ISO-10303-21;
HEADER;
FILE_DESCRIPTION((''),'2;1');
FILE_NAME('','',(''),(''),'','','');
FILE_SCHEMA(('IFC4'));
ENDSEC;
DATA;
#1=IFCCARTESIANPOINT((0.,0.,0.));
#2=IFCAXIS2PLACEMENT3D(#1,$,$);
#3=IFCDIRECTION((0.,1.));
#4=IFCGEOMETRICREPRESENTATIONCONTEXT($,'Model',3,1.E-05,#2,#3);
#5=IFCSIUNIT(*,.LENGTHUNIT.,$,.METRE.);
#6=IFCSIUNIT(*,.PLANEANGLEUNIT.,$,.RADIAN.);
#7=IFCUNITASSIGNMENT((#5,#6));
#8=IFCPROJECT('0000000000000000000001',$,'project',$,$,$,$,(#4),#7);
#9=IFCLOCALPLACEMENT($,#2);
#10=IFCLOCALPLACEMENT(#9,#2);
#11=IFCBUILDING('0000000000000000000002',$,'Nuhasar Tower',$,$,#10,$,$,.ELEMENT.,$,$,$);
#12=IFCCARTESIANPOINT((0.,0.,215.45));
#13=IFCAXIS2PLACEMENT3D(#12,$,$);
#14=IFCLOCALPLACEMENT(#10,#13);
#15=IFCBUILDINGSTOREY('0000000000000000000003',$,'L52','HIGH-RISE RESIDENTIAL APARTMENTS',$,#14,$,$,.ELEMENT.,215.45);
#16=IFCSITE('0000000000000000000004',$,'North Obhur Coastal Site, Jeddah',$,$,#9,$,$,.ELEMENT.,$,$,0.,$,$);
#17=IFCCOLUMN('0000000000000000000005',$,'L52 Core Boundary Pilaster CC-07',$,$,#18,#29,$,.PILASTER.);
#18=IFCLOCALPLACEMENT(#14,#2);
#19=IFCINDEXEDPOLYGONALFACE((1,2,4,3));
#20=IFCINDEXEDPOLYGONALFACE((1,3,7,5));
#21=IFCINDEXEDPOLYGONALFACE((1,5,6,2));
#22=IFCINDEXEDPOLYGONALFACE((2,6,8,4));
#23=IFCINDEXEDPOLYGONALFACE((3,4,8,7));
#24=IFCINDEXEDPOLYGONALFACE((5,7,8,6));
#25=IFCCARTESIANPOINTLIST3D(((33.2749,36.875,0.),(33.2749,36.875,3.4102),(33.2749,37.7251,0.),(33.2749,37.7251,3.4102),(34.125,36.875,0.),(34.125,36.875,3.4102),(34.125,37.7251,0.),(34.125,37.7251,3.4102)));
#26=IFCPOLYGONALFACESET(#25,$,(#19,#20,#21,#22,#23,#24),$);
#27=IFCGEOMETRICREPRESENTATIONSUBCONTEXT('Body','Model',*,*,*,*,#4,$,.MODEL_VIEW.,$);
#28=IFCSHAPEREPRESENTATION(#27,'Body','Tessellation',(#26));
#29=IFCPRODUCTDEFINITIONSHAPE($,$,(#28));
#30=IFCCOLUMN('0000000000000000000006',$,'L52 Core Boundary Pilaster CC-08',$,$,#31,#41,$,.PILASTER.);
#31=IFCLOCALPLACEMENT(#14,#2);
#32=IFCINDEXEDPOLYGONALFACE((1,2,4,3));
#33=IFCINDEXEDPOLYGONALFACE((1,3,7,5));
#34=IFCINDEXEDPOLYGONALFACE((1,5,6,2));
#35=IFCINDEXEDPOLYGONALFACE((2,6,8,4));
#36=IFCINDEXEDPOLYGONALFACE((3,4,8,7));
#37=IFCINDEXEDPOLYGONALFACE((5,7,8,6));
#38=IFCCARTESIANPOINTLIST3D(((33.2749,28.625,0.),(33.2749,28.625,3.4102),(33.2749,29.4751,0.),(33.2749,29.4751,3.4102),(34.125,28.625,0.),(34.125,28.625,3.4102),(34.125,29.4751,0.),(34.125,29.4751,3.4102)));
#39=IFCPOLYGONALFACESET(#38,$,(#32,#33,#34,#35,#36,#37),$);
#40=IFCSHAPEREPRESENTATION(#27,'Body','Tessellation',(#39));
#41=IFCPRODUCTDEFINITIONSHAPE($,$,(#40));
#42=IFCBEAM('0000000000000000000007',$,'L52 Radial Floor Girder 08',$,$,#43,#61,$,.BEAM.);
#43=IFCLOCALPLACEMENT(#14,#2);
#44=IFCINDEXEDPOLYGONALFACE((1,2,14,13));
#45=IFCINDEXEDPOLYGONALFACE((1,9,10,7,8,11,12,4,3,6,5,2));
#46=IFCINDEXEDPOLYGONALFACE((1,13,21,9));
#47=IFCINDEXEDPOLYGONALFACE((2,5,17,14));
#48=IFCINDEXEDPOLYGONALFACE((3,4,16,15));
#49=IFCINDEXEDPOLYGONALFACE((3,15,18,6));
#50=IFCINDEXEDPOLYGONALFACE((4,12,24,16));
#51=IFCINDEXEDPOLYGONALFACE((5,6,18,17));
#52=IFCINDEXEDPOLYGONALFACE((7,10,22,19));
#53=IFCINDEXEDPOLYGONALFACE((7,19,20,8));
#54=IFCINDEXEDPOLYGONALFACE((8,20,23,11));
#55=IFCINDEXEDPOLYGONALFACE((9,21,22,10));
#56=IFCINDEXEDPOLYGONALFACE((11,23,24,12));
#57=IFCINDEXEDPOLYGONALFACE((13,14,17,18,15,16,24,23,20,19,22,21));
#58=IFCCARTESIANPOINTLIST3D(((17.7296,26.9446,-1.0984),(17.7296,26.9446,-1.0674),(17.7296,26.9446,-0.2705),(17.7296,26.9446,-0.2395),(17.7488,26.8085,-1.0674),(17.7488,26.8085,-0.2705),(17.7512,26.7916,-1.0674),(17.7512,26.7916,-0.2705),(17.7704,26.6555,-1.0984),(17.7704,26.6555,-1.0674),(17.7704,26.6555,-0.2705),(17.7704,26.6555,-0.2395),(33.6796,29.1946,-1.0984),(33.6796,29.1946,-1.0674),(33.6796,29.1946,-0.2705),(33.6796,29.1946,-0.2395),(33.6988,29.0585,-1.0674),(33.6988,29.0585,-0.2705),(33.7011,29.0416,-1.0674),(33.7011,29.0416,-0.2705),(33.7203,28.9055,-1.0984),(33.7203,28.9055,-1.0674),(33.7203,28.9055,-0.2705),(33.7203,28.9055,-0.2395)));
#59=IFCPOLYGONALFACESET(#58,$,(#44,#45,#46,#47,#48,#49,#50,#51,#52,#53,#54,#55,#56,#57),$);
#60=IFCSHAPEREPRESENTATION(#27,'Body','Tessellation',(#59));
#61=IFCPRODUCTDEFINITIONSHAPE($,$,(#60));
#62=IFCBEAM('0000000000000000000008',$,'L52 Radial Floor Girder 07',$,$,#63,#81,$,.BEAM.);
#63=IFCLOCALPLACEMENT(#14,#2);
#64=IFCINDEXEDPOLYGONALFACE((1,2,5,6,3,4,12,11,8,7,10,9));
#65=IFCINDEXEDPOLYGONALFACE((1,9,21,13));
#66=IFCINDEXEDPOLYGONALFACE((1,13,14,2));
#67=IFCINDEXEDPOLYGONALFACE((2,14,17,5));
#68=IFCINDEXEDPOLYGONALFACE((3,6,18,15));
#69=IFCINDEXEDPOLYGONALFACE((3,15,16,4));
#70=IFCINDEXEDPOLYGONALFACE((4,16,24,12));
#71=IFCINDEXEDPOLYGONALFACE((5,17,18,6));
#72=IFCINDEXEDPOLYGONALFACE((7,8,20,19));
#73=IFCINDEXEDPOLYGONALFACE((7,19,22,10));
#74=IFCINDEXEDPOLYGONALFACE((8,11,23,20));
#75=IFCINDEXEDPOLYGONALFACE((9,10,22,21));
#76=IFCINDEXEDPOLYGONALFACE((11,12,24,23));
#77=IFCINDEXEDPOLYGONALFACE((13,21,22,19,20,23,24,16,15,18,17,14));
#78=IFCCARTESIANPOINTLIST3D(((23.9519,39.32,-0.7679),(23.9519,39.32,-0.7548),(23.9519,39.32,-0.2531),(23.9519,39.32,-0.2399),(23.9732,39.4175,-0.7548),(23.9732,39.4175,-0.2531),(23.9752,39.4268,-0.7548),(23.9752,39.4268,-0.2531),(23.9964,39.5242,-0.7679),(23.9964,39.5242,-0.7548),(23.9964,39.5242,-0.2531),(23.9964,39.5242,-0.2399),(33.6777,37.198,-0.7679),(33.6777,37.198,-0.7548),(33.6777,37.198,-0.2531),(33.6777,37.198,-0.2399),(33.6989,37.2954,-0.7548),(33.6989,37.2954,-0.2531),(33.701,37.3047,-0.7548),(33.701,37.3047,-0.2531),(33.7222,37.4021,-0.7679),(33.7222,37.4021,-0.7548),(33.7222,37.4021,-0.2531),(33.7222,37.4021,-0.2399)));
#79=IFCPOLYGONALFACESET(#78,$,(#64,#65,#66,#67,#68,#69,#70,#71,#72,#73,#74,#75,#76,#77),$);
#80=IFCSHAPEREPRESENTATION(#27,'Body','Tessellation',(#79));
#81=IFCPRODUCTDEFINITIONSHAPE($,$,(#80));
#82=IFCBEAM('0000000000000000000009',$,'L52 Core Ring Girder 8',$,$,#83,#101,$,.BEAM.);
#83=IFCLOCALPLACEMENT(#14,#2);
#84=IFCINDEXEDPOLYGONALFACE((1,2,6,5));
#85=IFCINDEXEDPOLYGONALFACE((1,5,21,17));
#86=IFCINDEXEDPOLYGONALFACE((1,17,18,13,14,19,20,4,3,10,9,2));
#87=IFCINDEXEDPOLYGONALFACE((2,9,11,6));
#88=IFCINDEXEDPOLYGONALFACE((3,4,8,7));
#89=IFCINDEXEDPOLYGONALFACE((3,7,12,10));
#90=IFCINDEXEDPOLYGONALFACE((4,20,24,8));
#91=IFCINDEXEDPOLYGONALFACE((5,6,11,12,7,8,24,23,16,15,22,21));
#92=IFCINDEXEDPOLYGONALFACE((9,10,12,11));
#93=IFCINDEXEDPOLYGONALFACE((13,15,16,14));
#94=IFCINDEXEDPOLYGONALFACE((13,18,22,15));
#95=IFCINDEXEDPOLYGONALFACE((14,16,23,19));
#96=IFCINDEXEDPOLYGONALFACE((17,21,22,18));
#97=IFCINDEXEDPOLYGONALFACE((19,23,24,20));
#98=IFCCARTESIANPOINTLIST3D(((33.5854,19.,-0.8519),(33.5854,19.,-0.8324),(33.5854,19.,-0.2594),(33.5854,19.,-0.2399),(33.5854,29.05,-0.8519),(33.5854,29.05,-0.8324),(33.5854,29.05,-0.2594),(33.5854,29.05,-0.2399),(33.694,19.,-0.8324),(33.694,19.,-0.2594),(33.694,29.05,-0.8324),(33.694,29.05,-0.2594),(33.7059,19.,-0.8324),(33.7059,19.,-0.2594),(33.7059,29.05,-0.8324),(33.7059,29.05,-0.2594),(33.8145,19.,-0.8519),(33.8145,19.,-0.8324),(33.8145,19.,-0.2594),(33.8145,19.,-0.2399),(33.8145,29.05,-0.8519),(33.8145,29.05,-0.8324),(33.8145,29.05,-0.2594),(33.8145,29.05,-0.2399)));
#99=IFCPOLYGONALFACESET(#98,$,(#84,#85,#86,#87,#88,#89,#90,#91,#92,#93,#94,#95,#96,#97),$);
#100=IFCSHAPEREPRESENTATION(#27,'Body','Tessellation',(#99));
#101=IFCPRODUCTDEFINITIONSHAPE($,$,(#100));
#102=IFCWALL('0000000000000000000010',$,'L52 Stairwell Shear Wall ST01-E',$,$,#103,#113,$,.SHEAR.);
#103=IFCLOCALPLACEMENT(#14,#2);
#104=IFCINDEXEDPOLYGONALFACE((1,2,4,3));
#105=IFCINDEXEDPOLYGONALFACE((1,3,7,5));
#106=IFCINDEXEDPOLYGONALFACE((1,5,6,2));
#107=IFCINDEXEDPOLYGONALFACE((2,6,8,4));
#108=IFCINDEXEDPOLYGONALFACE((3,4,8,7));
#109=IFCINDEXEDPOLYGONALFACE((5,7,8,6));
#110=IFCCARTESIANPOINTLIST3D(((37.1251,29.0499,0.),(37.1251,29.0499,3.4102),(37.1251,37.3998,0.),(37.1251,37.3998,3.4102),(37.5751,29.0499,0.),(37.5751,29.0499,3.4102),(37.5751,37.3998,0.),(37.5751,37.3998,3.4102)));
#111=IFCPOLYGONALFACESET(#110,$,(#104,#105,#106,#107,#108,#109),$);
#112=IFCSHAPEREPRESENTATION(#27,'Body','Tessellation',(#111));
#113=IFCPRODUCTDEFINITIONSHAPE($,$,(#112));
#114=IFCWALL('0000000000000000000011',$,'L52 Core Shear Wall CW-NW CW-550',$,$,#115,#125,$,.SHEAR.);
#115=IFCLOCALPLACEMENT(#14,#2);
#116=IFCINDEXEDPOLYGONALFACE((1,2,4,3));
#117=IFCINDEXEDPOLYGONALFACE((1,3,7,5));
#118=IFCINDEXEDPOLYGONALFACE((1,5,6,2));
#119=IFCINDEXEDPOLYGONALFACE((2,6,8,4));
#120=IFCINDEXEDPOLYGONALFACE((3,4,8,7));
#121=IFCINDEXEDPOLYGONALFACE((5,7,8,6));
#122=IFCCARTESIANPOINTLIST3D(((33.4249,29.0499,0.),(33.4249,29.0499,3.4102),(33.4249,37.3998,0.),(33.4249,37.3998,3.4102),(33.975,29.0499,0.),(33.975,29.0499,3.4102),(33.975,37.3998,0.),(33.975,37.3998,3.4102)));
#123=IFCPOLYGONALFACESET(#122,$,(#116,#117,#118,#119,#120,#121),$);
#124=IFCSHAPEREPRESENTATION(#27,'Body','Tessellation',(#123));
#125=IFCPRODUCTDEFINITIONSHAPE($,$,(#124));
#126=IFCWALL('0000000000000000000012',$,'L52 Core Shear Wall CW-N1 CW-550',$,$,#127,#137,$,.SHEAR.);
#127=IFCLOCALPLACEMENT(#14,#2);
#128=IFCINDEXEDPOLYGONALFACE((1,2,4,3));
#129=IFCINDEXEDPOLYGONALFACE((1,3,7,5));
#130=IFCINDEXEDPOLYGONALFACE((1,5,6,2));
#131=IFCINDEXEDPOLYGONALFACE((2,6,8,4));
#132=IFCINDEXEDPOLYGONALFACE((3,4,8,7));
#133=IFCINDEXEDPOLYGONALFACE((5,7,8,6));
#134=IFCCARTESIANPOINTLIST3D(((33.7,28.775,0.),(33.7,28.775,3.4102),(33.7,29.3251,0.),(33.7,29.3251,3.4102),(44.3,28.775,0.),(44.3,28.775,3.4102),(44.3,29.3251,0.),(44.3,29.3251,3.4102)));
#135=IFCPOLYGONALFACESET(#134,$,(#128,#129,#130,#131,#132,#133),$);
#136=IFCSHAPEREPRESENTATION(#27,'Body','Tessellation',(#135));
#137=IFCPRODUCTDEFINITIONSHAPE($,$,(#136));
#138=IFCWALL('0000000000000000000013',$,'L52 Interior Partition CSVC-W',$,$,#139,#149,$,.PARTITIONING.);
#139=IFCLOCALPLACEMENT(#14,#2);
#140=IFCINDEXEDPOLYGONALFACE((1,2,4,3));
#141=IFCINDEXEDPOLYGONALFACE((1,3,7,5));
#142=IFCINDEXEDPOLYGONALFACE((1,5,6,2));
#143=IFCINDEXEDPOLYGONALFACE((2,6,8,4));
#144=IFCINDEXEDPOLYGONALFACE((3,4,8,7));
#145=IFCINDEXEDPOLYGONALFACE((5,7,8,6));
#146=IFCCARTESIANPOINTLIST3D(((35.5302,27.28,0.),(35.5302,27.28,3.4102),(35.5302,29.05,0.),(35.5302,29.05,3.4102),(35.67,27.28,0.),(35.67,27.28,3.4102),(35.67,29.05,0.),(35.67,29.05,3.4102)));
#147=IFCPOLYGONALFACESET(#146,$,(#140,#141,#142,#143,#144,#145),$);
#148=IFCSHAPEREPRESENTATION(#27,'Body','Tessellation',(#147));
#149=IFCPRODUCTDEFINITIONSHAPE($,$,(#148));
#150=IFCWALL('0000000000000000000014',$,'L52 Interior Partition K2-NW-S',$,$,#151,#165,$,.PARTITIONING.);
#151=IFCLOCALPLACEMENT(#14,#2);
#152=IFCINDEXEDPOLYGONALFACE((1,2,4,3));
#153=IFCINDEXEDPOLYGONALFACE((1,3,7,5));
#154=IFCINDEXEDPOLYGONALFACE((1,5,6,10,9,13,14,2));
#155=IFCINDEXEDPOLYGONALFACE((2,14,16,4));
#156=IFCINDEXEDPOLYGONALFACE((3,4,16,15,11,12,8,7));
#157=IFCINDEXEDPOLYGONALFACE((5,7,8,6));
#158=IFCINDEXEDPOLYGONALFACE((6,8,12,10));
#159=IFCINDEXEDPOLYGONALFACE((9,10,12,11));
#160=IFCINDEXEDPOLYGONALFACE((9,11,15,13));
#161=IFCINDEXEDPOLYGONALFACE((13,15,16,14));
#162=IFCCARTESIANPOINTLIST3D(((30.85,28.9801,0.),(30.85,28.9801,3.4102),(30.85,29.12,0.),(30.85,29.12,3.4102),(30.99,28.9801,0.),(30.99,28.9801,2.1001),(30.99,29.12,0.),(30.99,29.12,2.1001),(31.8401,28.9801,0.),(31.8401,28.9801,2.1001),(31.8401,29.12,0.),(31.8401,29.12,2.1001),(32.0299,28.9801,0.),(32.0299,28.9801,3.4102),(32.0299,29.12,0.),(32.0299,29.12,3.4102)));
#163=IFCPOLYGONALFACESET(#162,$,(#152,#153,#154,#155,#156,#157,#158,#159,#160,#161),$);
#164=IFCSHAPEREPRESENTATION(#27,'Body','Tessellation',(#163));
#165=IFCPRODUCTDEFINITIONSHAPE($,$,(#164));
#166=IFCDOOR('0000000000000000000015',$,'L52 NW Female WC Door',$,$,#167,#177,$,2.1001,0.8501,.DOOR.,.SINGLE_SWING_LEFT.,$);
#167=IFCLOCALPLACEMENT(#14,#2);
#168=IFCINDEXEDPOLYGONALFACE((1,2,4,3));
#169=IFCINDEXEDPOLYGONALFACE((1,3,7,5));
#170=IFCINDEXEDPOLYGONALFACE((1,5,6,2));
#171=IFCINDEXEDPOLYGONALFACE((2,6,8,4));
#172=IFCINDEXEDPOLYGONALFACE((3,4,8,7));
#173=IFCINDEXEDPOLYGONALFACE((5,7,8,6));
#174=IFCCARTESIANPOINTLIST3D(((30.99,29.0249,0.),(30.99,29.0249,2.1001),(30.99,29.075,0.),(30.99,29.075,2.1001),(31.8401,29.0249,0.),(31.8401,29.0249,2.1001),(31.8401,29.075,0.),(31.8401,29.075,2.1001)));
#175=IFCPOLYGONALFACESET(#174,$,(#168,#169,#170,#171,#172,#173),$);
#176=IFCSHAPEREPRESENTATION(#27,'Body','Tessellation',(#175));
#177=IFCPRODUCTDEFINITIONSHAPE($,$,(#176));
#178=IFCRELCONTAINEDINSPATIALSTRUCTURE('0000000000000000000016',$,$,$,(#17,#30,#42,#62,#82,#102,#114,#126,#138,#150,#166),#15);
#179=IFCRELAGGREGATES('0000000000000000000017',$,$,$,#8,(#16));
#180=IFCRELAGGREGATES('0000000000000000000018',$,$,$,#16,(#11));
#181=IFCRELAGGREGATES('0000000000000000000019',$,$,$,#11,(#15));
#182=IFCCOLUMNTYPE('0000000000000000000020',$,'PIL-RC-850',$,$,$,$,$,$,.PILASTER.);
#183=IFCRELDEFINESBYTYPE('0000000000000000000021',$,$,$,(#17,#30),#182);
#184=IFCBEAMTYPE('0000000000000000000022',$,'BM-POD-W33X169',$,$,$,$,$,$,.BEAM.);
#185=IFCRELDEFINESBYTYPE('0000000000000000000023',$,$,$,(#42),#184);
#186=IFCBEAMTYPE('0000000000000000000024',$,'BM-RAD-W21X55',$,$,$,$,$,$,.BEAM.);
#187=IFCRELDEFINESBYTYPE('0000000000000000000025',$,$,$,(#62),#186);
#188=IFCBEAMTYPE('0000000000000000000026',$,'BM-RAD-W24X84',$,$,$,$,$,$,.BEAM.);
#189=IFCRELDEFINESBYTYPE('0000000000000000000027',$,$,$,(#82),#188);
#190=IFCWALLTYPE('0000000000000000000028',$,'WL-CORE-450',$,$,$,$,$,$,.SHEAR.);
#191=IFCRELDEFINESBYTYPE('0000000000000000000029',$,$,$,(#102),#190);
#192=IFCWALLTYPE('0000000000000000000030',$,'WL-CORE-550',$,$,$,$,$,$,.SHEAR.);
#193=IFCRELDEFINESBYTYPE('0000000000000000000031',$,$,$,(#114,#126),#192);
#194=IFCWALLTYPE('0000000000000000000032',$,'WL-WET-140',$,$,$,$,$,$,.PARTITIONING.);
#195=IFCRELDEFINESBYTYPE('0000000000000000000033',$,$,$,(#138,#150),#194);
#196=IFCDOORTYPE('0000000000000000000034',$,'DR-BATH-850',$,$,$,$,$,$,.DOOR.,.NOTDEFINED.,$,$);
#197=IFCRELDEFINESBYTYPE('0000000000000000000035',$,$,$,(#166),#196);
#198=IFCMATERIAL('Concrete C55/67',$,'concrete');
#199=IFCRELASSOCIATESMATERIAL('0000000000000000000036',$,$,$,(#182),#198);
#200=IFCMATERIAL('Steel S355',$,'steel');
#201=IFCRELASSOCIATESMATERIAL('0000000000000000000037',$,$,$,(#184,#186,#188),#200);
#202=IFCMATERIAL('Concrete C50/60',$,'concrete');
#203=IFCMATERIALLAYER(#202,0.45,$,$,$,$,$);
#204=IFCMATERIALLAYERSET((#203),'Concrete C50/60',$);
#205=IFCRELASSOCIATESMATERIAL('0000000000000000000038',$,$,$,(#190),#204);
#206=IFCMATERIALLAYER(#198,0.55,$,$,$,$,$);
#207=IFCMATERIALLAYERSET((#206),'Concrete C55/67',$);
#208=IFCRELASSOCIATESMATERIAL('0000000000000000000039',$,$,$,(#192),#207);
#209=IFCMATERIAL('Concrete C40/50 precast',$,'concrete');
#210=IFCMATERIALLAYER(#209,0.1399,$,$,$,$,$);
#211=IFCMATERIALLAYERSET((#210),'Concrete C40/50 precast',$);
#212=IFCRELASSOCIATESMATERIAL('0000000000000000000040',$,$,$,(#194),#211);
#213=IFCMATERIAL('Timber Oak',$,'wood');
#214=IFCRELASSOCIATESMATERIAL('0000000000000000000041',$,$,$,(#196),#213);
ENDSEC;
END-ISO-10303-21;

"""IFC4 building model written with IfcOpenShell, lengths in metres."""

from ifc_helpers import new_model, si_unit, direction, frame, frame_2d, origin, origin_2d, place, context, subcontext, project, spatial, rectangle, i_section, extrude, material, layer, layer_set, material_profile, profile_set, type_object, element, fill, save


model = new_model("IFC4")

# Units and contexts
model_context = context("Model", 3, precision=1e-05, world=origin(), true_north=direction((0.0, 1.0)))
body_context = subcontext(model_context, "Body", "Model", "MODEL_VIEW")
ifc_project = project(units=[si_unit("LENGTHUNIT", "METRE"), si_unit("PLANEANGLEUNIT", "RADIAN")], contexts=[model_context])

# Site, building, storey
site_placement = place(None, origin())
site = spatial("IfcSite", under=ifc_project, at=site_placement, Name="North Obhur Coastal Site, Jeddah", CompositionType="ELEMENT", RefElevation=0.0)
building_placement = place(site_placement, origin())
building = spatial("IfcBuilding", under=site, at=building_placement, Name="Nuhasar Tower", CompositionType="ELEMENT")
storey_placement = place(building_placement, frame((0.0, 0.0, 215.45)))
storey = spatial("IfcBuildingStorey", under=building, at=storey_placement, Name="L52", Description="HIGH-RISE RESIDENTIAL APARTMENTS", CompositionType="ELEMENT", Elevation=215.45)

# Columns
ifc_material_1 = material(Name="Concrete C55/67", Category="concrete")
ifc_material_profile_1 = material_profile(ifc_material_1, rectangle(XDim=0.8501, YDim=0.8501, at=origin_2d()), Name="RC850X850")
ifc_profile_set_1 = profile_set([ifc_material_profile_1], Name="Concrete C55/67")
column_type = type_object("IfcColumnType", Name="PIL-RC-850", PredefinedType="PILASTER", material=ifc_profile_set_1)
for number, where, z_axis, x_axis, name in (
    (1, (33.7, 37.3, 0.0), (0.0, 0.0, 1.0), (1.0, 0.0, 0.0), "L52 Core Boundary Pilaster CC-07"),
    (2, (33.7, 29.05, 0.0), (0.0, 0.0, 1.0), (1.0, 0.0, 0.0), "L52 Core Boundary Pilaster CC-08"),
):
    element("IfcColumn", number, at=place(storey_placement, frame(where, z_axis=z_axis, x_axis=x_axis)), inside=storey, type_object=column_type, Name=name, PredefinedType="PILASTER", context=body_context, shape_type="SweptSolid", body=[
        extrude(rectangle(XDim=0.8501, YDim=0.8501, at=origin_2d()), origin(), (0.0, 0.0, 1.0), 3.4102),
    ])

# Beams
ifc_material_2 = material(Name="Steel S355", Category="steel")
ifc_material_profile_2 = material_profile(ifc_material_2, i_section(OverallWidth=0.292, OverallDepth=0.8589, WebThickness=0.0171, FlangeThickness=0.031, at=origin_2d()), Name="W33X169")
ifc_profile_set_2 = profile_set([ifc_material_profile_2], Name="Steel S355")
beam_type_1 = type_object("IfcBeamType", Name="BM-POD-W33X169", PredefinedType="BEAM", material=ifc_profile_set_2)
beam_1_placement = place(storey_placement, frame((33.7, 29.05, -0.6689), z_axis=(-0.990196, -0.139683, 0.0), x_axis=(0.139683, -0.990196, 0.0)))
element("IfcBeam", 3, at=beam_1_placement, inside=storey, type_object=beam_type_1, Name="L52 Radial Floor Girder 08", PredefinedType="BEAM", context=body_context, shape_type="SweptSolid", body=[
    extrude(i_section(OverallWidth=0.292, OverallDepth=0.8589, WebThickness=0.0171, FlangeThickness=0.031, at=origin_2d()), origin(), (0.0, 0.0, 1.0), 16.1079),
])
ifc_material_profile_3 = material_profile(ifc_material_2, i_section(OverallWidth=0.209, OverallDepth=0.5281, WebThickness=0.0095, FlangeThickness=0.0132, at=origin_2d()), Name="W21X55")
ifc_profile_set_3 = profile_set([ifc_material_profile_3], Name="Steel S355")
beam_type_2 = type_object("IfcBeamType", Name="BM-RAD-W21X55", PredefinedType="BEAM", material=ifc_profile_set_3)
beam_2_placement = place(storey_placement, frame((33.7, 37.3, -0.5039), z_axis=(-0.977014, 0.213174, 0.0), x_axis=(-0.213174, -0.977014, 0.0)))
element("IfcBeam", 4, at=beam_2_placement, inside=storey, type_object=beam_type_2, Name="L52 Radial Floor Girder 07", PredefinedType="BEAM", context=body_context, shape_type="SweptSolid", body=[
    extrude(i_section(OverallWidth=0.209, OverallDepth=0.5281, WebThickness=0.0095, FlangeThickness=0.0132, at=origin_2d()), origin(), (0.0, 0.0, 1.0), 9.9546),
])
ifc_material_profile_4 = material_profile(ifc_material_2, i_section(OverallWidth=0.229, OverallDepth=0.6121, WebThickness=0.012, FlangeThickness=0.0195, at=origin_2d()), Name="W24X84")
ifc_profile_set_4 = profile_set([ifc_material_profile_4], Name="Steel S355")
beam_type_3 = type_object("IfcBeamType", Name="BM-RAD-W24X84", PredefinedType="BEAM", material=ifc_profile_set_4)
beam_3_placement = place(storey_placement, frame((33.7, 29.05, -0.5459), z_axis=(0.0, -1.0, 0.0), x_axis=(1.0, 0.0, 0.0)))
element("IfcBeam", 5, at=beam_3_placement, inside=storey, type_object=beam_type_3, Name="L52 Core Ring Girder 8", PredefinedType="BEAM", context=body_context, shape_type="SweptSolid", body=[
    extrude(i_section(OverallWidth=0.229, OverallDepth=0.6121, WebThickness=0.012, FlangeThickness=0.0195, at=origin_2d()), origin(), (0.0, 0.0, 1.0), 10.05),
])

# Walls
ifc_material_3 = material(Name="Concrete C50/60", Category="concrete")
ifc_layer_1 = layer(ifc_material_3, 0.45)
ifc_layer_set_1 = layer_set([ifc_layer_1], Name="Concrete C50/60")
wall_type_1 = type_object("IfcWallType", Name="WL-CORE-450", PredefinedType="SHEAR", material=ifc_layer_set_1)
wall_1_placement = place(storey_placement, frame((37.3501, 29.05, 0.0), z_axis=(0.0, 0.0, 1.0), x_axis=(0.0, 1.0, 0.0)))
element("IfcWall", 6, at=wall_1_placement, inside=storey, type_object=wall_type_1, Name="L52 Stairwell Shear Wall ST01-E", PredefinedType="SHEAR", context=body_context, shape_type="SweptSolid", body=[
    extrude(rectangle(XDim=8.3499, YDim=0.45, at=frame_2d((4.1748, 0.0))), origin(), (0.0, 0.0, 1.0), 3.4102),
])
ifc_layer_2 = layer(ifc_material_1, 0.55)
ifc_layer_set_2 = layer_set([ifc_layer_2], Name="Concrete C55/67")
wall_type_2 = type_object("IfcWallType", Name="WL-CORE-550", PredefinedType="SHEAR", material=ifc_layer_set_2)
wall_2_placement = place(storey_placement, frame((33.7, 29.05, 0.0), z_axis=(0.0, 0.0, 1.0), x_axis=(0.0, 1.0, 0.0)))
element("IfcWall", 7, at=wall_2_placement, inside=storey, type_object=wall_type_2, Name="L52 Core Shear Wall CW-NW CW-550", PredefinedType="SHEAR", context=body_context, shape_type="SweptSolid", body=[
    extrude(rectangle(XDim=8.3499, YDim=0.55, at=frame_2d((4.1748, 0.0))), origin(), (0.0, 0.0, 1.0), 3.4102),
])
wall_3_placement = place(storey_placement, frame((33.7, 29.05, 0.0), z_axis=(0.0, 0.0, 1.0), x_axis=(1.0, 0.0, 0.0)))
element("IfcWall", 8, at=wall_3_placement, inside=storey, type_object=wall_type_2, Name="L52 Core Shear Wall CW-N1 CW-550", PredefinedType="SHEAR", context=body_context, shape_type="SweptSolid", body=[
    extrude(rectangle(XDim=10.6001, YDim=0.55, at=frame_2d((5.3, 0.0))), origin(), (0.0, 0.0, 1.0), 3.4102),
])
ifc_material_4 = material(Name="Concrete C40/50 precast", Category="concrete")
ifc_layer_3 = layer(ifc_material_4, 0.1399)
ifc_layer_set_3 = layer_set([ifc_layer_3], Name="Concrete C40/50 precast")
wall_type_3 = type_object("IfcWallType", Name="WL-WET-140", PredefinedType="PARTITIONING", material=ifc_layer_set_3)
wall_4_placement = place(storey_placement, frame((35.6001, 27.28, 0.0), z_axis=(0.0, 0.0, 1.0), x_axis=(0.0, 1.0, 0.0)))
element("IfcWall", 9, at=wall_4_placement, inside=storey, type_object=wall_type_3, Name="L52 Interior Partition CSVC-W", PredefinedType="PARTITIONING", context=body_context, shape_type="SweptSolid", body=[
    extrude(rectangle(XDim=1.77, YDim=0.1399, at=frame_2d((0.885, 0.0))), origin(), (0.0, 0.0, 1.0), 3.4102),
])

# Wall, opening, door
wall_5_placement = place(storey_placement, frame((30.8501, 29.05, 0.0), z_axis=(0.0, 0.0, 1.0), x_axis=(1.0, 0.0, 0.0)))
wall_5 = element("IfcWall", 10, at=wall_5_placement, inside=storey, type_object=wall_type_3, Name="L52 Interior Partition K2-NW-S", PredefinedType="PARTITIONING", context=body_context, shape_type="SweptSolid", body=[
    extrude(rectangle(XDim=1.1799, YDim=0.1399, at=frame_2d((0.5898, 0.0))), origin(), (0.0, 0.0, 1.0), 3.4102),
])
opening_1_placement = place(wall_5_placement, frame((0.1399, 0.0, 0.0)))
opening_1 = element("IfcOpeningElement", 11, at=opening_1_placement, cuts=wall_5, PredefinedType="OPENING", context=body_context, shape_type="SweptSolid", body=[
    extrude(rectangle(XDim=0.8501, YDim=2.1001, at=frame_2d((0.425, 1.05))), frame((0.0, 0.0801, 0.0), z_axis=(0.0, -1.0, 0.0), x_axis=(1.0, 0.0, 0.0)), (0.0, 0.0, 1.0), 0.1599),
])
ifc_material_5 = material(Name="Timber Oak", Category="wood")
door_type_1 = type_object("IfcDoorType", Name="DR-BATH-850", OperationType="NOTDEFINED", PredefinedType="DOOR", material=ifc_material_5)
door_1_placement = place(opening_1_placement, origin())
door_1 = element("IfcDoor", 12, at=door_1_placement, inside=storey, type_object=door_type_1, Name="L52 NW Female WC Door", OperationType="SINGLE_SWING_LEFT", OverallHeight=2.1001, OverallWidth=0.8501, PredefinedType="DOOR", context=body_context, shape_type="SweptSolid", body=[
    extrude(rectangle(XDim=0.8501, YDim=2.1001, at=frame_2d((0.425, 1.05))), frame((0.0, 0.0249, 0.0), z_axis=(0.0, -1.0, 0.0), x_axis=(1.0, 0.0, 0.0)), (0.0, 0.0, 1.0), 0.05),
])
fill(opening_1, door_1)

save(model, "model.ifc")
